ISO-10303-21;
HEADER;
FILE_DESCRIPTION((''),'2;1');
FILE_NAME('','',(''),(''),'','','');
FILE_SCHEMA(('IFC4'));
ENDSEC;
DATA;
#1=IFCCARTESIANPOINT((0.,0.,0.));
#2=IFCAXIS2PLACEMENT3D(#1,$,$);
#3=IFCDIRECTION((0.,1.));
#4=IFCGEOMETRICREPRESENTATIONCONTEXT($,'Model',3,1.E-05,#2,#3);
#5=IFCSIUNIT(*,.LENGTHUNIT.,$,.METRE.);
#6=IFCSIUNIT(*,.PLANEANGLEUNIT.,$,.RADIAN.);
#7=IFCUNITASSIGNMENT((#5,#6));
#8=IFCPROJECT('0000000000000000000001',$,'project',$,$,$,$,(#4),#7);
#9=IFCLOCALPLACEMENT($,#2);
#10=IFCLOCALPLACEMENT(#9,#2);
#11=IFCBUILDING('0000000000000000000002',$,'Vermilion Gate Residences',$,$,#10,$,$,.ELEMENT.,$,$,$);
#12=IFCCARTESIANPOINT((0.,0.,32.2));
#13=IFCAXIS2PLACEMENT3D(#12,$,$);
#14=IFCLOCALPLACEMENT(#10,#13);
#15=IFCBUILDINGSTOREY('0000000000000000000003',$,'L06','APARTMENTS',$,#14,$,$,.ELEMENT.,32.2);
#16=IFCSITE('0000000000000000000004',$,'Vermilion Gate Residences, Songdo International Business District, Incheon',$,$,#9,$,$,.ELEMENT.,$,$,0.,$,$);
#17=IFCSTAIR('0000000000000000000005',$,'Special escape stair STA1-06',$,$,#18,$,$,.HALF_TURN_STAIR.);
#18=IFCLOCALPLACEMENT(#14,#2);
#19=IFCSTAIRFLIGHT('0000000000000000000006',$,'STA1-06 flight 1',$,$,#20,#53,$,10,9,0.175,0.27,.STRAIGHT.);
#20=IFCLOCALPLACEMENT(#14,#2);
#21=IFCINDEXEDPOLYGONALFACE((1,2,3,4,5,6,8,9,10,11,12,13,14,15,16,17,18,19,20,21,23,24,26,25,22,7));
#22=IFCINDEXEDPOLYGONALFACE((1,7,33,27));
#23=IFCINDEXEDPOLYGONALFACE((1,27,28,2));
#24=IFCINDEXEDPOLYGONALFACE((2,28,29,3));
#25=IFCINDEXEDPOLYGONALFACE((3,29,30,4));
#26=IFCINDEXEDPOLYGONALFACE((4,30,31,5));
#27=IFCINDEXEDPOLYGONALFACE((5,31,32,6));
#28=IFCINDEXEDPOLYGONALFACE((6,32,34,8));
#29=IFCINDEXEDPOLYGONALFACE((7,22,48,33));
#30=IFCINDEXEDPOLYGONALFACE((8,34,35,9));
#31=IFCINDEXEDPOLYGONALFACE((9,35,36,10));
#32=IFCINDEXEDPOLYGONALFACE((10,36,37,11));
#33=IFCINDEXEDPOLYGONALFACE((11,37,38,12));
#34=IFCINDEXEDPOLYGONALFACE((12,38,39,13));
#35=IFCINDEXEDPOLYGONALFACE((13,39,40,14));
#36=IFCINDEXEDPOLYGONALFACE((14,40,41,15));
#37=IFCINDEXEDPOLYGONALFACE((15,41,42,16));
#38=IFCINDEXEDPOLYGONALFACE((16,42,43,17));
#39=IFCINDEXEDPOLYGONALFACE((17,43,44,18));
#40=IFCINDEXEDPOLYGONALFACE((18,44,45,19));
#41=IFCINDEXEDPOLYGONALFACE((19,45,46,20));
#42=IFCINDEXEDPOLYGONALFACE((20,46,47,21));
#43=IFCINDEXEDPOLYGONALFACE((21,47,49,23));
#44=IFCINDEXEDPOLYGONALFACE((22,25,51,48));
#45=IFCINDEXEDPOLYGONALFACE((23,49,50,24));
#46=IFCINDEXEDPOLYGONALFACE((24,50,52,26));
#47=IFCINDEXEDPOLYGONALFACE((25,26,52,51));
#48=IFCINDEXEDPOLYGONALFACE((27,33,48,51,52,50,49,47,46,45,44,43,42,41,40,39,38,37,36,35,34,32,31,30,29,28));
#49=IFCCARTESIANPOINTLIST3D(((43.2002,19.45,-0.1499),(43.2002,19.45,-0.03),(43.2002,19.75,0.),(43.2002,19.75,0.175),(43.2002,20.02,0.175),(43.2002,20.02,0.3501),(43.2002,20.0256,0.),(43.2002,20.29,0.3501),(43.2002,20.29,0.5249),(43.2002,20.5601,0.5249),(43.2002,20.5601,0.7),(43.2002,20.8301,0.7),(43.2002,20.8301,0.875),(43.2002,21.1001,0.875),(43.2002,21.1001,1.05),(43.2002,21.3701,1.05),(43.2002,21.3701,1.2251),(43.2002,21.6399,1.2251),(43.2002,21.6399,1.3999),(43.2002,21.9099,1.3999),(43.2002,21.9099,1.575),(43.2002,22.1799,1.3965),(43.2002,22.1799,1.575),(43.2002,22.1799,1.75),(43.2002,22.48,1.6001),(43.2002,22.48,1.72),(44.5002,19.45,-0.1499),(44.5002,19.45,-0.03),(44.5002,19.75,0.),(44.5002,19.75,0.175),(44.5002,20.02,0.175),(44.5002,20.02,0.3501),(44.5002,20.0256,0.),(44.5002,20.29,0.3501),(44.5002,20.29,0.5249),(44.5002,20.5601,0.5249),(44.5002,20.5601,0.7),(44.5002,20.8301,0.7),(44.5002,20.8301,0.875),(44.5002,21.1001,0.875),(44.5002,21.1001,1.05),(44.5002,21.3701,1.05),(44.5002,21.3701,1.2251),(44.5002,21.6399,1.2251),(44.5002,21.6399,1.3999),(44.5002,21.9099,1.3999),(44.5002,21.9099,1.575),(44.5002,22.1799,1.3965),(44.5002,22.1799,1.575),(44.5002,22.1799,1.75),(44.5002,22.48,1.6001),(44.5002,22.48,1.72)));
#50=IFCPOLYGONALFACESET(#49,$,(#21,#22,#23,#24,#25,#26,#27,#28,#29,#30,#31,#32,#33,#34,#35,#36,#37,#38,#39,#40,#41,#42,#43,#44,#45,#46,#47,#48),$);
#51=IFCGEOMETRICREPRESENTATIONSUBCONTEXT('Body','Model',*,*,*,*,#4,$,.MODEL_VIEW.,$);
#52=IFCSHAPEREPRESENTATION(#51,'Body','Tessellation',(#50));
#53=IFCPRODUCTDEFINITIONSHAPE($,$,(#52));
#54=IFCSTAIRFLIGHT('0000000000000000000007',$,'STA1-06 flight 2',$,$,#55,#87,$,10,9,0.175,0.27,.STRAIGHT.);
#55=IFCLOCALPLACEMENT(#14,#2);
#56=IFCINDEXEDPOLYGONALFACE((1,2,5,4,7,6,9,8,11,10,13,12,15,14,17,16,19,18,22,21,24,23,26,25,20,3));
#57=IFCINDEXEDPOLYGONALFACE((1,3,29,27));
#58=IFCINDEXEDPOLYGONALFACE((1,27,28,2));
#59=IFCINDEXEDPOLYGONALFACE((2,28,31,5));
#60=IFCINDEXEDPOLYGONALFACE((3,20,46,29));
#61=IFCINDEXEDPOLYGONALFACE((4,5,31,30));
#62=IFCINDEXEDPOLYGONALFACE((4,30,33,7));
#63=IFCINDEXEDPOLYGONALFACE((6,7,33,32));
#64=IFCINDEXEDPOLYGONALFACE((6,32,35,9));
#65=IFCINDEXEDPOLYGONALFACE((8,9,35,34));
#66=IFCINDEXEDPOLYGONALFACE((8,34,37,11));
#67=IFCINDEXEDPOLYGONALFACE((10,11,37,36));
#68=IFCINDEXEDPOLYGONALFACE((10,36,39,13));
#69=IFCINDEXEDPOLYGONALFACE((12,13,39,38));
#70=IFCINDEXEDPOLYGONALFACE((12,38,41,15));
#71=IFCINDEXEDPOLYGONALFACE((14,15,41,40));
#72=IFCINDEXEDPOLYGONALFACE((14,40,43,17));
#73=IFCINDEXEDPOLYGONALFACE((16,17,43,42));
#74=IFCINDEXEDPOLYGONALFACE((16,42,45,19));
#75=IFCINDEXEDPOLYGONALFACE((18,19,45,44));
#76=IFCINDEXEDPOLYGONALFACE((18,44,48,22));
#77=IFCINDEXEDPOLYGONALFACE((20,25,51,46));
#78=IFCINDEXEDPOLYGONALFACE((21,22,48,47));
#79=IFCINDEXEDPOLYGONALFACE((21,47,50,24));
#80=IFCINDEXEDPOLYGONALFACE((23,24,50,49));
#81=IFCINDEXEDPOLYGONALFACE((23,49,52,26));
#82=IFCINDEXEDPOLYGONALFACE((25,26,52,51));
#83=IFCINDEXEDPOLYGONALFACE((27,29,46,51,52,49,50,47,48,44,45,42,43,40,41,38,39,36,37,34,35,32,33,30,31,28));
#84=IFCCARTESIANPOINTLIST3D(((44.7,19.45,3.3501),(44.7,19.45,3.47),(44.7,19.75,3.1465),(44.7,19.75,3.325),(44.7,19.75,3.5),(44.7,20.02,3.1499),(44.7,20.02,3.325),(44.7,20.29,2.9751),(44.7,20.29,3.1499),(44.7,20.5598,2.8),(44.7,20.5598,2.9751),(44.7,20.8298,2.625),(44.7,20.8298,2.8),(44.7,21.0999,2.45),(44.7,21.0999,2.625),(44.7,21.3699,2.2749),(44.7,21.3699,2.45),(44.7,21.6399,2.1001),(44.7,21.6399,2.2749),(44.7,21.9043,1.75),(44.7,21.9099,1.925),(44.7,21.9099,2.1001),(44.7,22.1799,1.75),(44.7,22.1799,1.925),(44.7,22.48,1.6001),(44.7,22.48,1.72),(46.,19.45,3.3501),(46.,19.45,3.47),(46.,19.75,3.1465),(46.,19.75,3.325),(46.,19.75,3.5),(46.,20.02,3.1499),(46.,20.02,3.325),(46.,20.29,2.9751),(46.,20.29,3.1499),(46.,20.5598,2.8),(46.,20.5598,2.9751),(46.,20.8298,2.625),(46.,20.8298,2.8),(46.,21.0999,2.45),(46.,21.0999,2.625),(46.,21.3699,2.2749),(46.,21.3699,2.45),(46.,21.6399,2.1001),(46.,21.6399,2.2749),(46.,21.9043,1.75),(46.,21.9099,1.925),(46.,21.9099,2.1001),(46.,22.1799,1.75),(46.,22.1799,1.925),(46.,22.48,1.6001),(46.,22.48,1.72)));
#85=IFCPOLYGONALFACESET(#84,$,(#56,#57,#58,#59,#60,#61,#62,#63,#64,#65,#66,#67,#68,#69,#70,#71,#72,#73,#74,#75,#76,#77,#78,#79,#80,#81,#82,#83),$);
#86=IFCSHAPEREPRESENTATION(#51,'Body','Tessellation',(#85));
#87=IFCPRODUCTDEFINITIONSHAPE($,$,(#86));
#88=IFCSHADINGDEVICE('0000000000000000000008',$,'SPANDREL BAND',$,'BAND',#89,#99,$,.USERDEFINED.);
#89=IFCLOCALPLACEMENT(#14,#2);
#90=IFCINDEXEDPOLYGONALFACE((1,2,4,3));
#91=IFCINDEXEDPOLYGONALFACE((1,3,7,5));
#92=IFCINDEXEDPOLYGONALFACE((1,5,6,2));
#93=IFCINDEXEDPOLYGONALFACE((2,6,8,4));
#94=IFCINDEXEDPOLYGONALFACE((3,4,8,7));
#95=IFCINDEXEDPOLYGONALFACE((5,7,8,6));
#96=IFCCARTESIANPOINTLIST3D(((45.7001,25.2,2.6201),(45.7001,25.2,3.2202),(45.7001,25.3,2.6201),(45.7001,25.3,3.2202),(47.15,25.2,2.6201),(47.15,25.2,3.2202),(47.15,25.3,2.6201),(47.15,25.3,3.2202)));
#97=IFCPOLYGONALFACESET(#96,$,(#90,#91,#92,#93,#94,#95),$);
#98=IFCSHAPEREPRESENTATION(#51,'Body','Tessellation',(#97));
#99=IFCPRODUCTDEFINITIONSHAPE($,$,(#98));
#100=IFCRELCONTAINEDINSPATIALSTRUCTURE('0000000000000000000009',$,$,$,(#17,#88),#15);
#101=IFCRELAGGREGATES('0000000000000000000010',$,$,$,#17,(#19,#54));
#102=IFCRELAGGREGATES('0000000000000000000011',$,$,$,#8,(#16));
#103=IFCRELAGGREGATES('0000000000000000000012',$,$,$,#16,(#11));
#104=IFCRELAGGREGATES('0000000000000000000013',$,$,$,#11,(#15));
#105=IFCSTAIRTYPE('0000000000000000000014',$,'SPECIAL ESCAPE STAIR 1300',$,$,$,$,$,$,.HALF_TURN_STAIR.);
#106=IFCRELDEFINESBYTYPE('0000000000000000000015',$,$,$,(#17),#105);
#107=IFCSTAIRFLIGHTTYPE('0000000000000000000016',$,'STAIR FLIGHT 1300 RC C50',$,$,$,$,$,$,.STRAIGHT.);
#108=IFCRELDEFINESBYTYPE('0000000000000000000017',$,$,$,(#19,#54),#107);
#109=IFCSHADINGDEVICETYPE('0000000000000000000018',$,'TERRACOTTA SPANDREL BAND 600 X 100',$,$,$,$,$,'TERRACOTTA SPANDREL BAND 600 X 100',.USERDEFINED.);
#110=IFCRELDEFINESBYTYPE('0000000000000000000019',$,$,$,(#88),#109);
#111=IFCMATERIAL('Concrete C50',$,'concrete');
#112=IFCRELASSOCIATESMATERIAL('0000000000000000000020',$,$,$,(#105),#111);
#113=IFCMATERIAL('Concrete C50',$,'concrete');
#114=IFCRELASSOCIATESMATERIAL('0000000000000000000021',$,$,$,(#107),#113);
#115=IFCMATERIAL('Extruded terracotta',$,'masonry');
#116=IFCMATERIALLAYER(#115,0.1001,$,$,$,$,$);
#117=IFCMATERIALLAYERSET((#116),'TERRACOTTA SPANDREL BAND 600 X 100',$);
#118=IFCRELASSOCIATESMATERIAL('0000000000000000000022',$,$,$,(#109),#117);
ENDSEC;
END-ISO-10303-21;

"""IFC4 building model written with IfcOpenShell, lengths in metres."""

from ifc_helpers import new_model, si_unit, direction, frame, origin, origin_2d, place, context, subcontext, project, spatial, polyline, rectangle, outline, extrude, material, layer, layer_set, type_object, element, aggregate, save


model = new_model("IFC4")

# Units and contexts
model_context = context("Model", 3, precision=1e-05, world=origin(), true_north=direction((0.0, 1.0)))
body_context = subcontext(model_context, "Body", "Model", "MODEL_VIEW")
ifc_project = project(units=[si_unit("LENGTHUNIT", "METRE"), si_unit("PLANEANGLEUNIT", "RADIAN")], contexts=[model_context])

# Site, building, storey
site_placement = place(None, origin())
site = spatial("IfcSite", under=ifc_project, at=site_placement, Name="Vermilion Gate Residences, Songdo International Business District, Incheon", CompositionType="ELEMENT", RefElevation=0.0)
building_placement = place(site_placement, origin())
building = spatial("IfcBuilding", under=site, at=building_placement, Name="Vermilion Gate Residences", CompositionType="ELEMENT")
storey_placement = place(building_placement, frame((0.0, 0.0, 32.2)))
storey = spatial("IfcBuildingStorey", under=building, at=storey_placement, Name="L06", Description="APARTMENTS", CompositionType="ELEMENT", Elevation=32.2)

# Stair, stair flights
ifc_material_1 = material(Name="Concrete C50", Category="concrete")
stair_type = type_object("IfcStairType", Name="SPECIAL ESCAPE STAIR 1300", PredefinedType="HALF_TURN_STAIR", material=ifc_material_1)
stair_placement = place(storey_placement, origin())
stair = element("IfcStair", 1, at=stair_placement, inside=storey, type_object=stair_type, Name="Special escape stair STA1-06", PredefinedType="HALF_TURN_STAIR")
ifc_material_2 = material(Name="Concrete C50", Category="concrete")
stair_flight_type = type_object("IfcStairFlightType", Name="STAIR FLIGHT 1300 RC C50", PredefinedType="STRAIGHT", material=ifc_material_2)
stair_flight_1_placement = place(storey_placement, frame((43.8501, 19.75, 0.0), z_axis=(0.0, 0.0, 1.0), x_axis=(0.0, 1.0, 0.0)))
stair_flight_1 = element("IfcStairFlight", 2, at=stair_flight_1_placement, type_object=stair_flight_type, Name="STA1-06 flight 1", NumberOfRisers=10, NumberOfTreads=9, PredefinedType="STRAIGHT", RiserHeight=0.175, TreadLength=0.27, context=body_context, shape_type="SweptSolid", body=[
    extrude(outline(polyline([(-0.3, -0.1499), (-0.3, -0.03), (0.0, 0.0), (0.0, 0.175), (0.27, 0.175), (0.27, 0.3501), (0.54, 0.3501), (0.54, 0.5249), (0.8101, 0.5249), (0.8101, 0.7), (1.0801, 0.7), (1.0801, 0.875), (1.3501, 0.875), (1.3501, 1.05), (1.6201, 1.05), (1.6201, 1.2251), (1.8899, 1.2251), (1.8899, 1.3999), (2.1599, 1.3999), (2.1599, 1.575), (2.4299, 1.575), (2.4299, 1.75), (2.73, 1.72), (2.73, 1.6001), (2.4299, 1.3965), (0.2756, 0.0), (-0.3, -0.1499)])), frame((0.0, 0.6499, 0.0), z_axis=(0.0, -1.0, 0.0), x_axis=(1.0, 0.0, 0.0)), (0.0, 0.0, 1.0), 1.3),
])
stair_flight_2_placement = place(storey_placement, frame((45.3501, 22.1799, 1.75), z_axis=(0.0, 0.0, 1.0), x_axis=(0.0, -1.0, 0.0)))
stair_flight_2 = element("IfcStairFlight", 3, at=stair_flight_2_placement, type_object=stair_flight_type, Name="STA1-06 flight 2", NumberOfRisers=10, NumberOfTreads=9, PredefinedType="STRAIGHT", RiserHeight=0.175, TreadLength=0.27, context=body_context, shape_type="SweptSolid", body=[
    extrude(outline(polyline([(-0.3, -0.1499), (-0.3, -0.03), (0.0, 0.0), (0.0, 0.175), (0.27, 0.175), (0.27, 0.3501), (0.54, 0.3501), (0.54, 0.5249), (0.8101, 0.5249), (0.8101, 0.7), (1.0801, 0.7), (1.0801, 0.875), (1.3501, 0.875), (1.3501, 1.05), (1.6201, 1.05), (1.6201, 1.2251), (1.8899, 1.2251), (1.8899, 1.3999), (2.1599, 1.3999), (2.1599, 1.575), (2.4299, 1.575), (2.4299, 1.75), (2.73, 1.72), (2.73, 1.6001), (2.4299, 1.3965), (0.2756, 0.0), (-0.3, -0.1499)])), frame((0.0, 0.6499, 0.0), z_axis=(0.0, -1.0, 0.0), x_axis=(1.0, 0.0, 0.0)), (0.0, 0.0, 1.0), 1.3),
])
aggregate(stair, [stair_flight_1, stair_flight_2])

# Shading device
ifc_material_3 = material(Name="Extruded terracotta", Category="masonry")
ifc_layer_1 = layer(ifc_material_3, 0.1001)
ifc_layer_set_1 = layer_set([ifc_layer_1], Name="TERRACOTTA SPANDREL BAND 600 X 100")
shading_device_type = type_object("IfcShadingDeviceType", Name="TERRACOTTA SPANDREL BAND 600 X 100", ElementType="TERRACOTTA SPANDREL BAND 600 X 100", PredefinedType="USERDEFINED", material=ifc_layer_set_1)
shading_device_placement = place(storey_placement, frame((46.425, 25.25, 2.6201), z_axis=(0.0, 0.0, 1.0), x_axis=(1.0, 0.0, 0.0)))
element("IfcShadingDevice", 4, at=shading_device_placement, inside=storey, type_object=shading_device_type, Name="SPANDREL BAND", ObjectType="BAND", PredefinedType="USERDEFINED", context=body_context, shape_type="SweptSolid", body=[
    extrude(rectangle(XDim=1.45, YDim=0.1001, at=origin_2d()), origin(), (0.0, 0.0, 1.0), 0.6001),
])

save(model, "model.ifc")
